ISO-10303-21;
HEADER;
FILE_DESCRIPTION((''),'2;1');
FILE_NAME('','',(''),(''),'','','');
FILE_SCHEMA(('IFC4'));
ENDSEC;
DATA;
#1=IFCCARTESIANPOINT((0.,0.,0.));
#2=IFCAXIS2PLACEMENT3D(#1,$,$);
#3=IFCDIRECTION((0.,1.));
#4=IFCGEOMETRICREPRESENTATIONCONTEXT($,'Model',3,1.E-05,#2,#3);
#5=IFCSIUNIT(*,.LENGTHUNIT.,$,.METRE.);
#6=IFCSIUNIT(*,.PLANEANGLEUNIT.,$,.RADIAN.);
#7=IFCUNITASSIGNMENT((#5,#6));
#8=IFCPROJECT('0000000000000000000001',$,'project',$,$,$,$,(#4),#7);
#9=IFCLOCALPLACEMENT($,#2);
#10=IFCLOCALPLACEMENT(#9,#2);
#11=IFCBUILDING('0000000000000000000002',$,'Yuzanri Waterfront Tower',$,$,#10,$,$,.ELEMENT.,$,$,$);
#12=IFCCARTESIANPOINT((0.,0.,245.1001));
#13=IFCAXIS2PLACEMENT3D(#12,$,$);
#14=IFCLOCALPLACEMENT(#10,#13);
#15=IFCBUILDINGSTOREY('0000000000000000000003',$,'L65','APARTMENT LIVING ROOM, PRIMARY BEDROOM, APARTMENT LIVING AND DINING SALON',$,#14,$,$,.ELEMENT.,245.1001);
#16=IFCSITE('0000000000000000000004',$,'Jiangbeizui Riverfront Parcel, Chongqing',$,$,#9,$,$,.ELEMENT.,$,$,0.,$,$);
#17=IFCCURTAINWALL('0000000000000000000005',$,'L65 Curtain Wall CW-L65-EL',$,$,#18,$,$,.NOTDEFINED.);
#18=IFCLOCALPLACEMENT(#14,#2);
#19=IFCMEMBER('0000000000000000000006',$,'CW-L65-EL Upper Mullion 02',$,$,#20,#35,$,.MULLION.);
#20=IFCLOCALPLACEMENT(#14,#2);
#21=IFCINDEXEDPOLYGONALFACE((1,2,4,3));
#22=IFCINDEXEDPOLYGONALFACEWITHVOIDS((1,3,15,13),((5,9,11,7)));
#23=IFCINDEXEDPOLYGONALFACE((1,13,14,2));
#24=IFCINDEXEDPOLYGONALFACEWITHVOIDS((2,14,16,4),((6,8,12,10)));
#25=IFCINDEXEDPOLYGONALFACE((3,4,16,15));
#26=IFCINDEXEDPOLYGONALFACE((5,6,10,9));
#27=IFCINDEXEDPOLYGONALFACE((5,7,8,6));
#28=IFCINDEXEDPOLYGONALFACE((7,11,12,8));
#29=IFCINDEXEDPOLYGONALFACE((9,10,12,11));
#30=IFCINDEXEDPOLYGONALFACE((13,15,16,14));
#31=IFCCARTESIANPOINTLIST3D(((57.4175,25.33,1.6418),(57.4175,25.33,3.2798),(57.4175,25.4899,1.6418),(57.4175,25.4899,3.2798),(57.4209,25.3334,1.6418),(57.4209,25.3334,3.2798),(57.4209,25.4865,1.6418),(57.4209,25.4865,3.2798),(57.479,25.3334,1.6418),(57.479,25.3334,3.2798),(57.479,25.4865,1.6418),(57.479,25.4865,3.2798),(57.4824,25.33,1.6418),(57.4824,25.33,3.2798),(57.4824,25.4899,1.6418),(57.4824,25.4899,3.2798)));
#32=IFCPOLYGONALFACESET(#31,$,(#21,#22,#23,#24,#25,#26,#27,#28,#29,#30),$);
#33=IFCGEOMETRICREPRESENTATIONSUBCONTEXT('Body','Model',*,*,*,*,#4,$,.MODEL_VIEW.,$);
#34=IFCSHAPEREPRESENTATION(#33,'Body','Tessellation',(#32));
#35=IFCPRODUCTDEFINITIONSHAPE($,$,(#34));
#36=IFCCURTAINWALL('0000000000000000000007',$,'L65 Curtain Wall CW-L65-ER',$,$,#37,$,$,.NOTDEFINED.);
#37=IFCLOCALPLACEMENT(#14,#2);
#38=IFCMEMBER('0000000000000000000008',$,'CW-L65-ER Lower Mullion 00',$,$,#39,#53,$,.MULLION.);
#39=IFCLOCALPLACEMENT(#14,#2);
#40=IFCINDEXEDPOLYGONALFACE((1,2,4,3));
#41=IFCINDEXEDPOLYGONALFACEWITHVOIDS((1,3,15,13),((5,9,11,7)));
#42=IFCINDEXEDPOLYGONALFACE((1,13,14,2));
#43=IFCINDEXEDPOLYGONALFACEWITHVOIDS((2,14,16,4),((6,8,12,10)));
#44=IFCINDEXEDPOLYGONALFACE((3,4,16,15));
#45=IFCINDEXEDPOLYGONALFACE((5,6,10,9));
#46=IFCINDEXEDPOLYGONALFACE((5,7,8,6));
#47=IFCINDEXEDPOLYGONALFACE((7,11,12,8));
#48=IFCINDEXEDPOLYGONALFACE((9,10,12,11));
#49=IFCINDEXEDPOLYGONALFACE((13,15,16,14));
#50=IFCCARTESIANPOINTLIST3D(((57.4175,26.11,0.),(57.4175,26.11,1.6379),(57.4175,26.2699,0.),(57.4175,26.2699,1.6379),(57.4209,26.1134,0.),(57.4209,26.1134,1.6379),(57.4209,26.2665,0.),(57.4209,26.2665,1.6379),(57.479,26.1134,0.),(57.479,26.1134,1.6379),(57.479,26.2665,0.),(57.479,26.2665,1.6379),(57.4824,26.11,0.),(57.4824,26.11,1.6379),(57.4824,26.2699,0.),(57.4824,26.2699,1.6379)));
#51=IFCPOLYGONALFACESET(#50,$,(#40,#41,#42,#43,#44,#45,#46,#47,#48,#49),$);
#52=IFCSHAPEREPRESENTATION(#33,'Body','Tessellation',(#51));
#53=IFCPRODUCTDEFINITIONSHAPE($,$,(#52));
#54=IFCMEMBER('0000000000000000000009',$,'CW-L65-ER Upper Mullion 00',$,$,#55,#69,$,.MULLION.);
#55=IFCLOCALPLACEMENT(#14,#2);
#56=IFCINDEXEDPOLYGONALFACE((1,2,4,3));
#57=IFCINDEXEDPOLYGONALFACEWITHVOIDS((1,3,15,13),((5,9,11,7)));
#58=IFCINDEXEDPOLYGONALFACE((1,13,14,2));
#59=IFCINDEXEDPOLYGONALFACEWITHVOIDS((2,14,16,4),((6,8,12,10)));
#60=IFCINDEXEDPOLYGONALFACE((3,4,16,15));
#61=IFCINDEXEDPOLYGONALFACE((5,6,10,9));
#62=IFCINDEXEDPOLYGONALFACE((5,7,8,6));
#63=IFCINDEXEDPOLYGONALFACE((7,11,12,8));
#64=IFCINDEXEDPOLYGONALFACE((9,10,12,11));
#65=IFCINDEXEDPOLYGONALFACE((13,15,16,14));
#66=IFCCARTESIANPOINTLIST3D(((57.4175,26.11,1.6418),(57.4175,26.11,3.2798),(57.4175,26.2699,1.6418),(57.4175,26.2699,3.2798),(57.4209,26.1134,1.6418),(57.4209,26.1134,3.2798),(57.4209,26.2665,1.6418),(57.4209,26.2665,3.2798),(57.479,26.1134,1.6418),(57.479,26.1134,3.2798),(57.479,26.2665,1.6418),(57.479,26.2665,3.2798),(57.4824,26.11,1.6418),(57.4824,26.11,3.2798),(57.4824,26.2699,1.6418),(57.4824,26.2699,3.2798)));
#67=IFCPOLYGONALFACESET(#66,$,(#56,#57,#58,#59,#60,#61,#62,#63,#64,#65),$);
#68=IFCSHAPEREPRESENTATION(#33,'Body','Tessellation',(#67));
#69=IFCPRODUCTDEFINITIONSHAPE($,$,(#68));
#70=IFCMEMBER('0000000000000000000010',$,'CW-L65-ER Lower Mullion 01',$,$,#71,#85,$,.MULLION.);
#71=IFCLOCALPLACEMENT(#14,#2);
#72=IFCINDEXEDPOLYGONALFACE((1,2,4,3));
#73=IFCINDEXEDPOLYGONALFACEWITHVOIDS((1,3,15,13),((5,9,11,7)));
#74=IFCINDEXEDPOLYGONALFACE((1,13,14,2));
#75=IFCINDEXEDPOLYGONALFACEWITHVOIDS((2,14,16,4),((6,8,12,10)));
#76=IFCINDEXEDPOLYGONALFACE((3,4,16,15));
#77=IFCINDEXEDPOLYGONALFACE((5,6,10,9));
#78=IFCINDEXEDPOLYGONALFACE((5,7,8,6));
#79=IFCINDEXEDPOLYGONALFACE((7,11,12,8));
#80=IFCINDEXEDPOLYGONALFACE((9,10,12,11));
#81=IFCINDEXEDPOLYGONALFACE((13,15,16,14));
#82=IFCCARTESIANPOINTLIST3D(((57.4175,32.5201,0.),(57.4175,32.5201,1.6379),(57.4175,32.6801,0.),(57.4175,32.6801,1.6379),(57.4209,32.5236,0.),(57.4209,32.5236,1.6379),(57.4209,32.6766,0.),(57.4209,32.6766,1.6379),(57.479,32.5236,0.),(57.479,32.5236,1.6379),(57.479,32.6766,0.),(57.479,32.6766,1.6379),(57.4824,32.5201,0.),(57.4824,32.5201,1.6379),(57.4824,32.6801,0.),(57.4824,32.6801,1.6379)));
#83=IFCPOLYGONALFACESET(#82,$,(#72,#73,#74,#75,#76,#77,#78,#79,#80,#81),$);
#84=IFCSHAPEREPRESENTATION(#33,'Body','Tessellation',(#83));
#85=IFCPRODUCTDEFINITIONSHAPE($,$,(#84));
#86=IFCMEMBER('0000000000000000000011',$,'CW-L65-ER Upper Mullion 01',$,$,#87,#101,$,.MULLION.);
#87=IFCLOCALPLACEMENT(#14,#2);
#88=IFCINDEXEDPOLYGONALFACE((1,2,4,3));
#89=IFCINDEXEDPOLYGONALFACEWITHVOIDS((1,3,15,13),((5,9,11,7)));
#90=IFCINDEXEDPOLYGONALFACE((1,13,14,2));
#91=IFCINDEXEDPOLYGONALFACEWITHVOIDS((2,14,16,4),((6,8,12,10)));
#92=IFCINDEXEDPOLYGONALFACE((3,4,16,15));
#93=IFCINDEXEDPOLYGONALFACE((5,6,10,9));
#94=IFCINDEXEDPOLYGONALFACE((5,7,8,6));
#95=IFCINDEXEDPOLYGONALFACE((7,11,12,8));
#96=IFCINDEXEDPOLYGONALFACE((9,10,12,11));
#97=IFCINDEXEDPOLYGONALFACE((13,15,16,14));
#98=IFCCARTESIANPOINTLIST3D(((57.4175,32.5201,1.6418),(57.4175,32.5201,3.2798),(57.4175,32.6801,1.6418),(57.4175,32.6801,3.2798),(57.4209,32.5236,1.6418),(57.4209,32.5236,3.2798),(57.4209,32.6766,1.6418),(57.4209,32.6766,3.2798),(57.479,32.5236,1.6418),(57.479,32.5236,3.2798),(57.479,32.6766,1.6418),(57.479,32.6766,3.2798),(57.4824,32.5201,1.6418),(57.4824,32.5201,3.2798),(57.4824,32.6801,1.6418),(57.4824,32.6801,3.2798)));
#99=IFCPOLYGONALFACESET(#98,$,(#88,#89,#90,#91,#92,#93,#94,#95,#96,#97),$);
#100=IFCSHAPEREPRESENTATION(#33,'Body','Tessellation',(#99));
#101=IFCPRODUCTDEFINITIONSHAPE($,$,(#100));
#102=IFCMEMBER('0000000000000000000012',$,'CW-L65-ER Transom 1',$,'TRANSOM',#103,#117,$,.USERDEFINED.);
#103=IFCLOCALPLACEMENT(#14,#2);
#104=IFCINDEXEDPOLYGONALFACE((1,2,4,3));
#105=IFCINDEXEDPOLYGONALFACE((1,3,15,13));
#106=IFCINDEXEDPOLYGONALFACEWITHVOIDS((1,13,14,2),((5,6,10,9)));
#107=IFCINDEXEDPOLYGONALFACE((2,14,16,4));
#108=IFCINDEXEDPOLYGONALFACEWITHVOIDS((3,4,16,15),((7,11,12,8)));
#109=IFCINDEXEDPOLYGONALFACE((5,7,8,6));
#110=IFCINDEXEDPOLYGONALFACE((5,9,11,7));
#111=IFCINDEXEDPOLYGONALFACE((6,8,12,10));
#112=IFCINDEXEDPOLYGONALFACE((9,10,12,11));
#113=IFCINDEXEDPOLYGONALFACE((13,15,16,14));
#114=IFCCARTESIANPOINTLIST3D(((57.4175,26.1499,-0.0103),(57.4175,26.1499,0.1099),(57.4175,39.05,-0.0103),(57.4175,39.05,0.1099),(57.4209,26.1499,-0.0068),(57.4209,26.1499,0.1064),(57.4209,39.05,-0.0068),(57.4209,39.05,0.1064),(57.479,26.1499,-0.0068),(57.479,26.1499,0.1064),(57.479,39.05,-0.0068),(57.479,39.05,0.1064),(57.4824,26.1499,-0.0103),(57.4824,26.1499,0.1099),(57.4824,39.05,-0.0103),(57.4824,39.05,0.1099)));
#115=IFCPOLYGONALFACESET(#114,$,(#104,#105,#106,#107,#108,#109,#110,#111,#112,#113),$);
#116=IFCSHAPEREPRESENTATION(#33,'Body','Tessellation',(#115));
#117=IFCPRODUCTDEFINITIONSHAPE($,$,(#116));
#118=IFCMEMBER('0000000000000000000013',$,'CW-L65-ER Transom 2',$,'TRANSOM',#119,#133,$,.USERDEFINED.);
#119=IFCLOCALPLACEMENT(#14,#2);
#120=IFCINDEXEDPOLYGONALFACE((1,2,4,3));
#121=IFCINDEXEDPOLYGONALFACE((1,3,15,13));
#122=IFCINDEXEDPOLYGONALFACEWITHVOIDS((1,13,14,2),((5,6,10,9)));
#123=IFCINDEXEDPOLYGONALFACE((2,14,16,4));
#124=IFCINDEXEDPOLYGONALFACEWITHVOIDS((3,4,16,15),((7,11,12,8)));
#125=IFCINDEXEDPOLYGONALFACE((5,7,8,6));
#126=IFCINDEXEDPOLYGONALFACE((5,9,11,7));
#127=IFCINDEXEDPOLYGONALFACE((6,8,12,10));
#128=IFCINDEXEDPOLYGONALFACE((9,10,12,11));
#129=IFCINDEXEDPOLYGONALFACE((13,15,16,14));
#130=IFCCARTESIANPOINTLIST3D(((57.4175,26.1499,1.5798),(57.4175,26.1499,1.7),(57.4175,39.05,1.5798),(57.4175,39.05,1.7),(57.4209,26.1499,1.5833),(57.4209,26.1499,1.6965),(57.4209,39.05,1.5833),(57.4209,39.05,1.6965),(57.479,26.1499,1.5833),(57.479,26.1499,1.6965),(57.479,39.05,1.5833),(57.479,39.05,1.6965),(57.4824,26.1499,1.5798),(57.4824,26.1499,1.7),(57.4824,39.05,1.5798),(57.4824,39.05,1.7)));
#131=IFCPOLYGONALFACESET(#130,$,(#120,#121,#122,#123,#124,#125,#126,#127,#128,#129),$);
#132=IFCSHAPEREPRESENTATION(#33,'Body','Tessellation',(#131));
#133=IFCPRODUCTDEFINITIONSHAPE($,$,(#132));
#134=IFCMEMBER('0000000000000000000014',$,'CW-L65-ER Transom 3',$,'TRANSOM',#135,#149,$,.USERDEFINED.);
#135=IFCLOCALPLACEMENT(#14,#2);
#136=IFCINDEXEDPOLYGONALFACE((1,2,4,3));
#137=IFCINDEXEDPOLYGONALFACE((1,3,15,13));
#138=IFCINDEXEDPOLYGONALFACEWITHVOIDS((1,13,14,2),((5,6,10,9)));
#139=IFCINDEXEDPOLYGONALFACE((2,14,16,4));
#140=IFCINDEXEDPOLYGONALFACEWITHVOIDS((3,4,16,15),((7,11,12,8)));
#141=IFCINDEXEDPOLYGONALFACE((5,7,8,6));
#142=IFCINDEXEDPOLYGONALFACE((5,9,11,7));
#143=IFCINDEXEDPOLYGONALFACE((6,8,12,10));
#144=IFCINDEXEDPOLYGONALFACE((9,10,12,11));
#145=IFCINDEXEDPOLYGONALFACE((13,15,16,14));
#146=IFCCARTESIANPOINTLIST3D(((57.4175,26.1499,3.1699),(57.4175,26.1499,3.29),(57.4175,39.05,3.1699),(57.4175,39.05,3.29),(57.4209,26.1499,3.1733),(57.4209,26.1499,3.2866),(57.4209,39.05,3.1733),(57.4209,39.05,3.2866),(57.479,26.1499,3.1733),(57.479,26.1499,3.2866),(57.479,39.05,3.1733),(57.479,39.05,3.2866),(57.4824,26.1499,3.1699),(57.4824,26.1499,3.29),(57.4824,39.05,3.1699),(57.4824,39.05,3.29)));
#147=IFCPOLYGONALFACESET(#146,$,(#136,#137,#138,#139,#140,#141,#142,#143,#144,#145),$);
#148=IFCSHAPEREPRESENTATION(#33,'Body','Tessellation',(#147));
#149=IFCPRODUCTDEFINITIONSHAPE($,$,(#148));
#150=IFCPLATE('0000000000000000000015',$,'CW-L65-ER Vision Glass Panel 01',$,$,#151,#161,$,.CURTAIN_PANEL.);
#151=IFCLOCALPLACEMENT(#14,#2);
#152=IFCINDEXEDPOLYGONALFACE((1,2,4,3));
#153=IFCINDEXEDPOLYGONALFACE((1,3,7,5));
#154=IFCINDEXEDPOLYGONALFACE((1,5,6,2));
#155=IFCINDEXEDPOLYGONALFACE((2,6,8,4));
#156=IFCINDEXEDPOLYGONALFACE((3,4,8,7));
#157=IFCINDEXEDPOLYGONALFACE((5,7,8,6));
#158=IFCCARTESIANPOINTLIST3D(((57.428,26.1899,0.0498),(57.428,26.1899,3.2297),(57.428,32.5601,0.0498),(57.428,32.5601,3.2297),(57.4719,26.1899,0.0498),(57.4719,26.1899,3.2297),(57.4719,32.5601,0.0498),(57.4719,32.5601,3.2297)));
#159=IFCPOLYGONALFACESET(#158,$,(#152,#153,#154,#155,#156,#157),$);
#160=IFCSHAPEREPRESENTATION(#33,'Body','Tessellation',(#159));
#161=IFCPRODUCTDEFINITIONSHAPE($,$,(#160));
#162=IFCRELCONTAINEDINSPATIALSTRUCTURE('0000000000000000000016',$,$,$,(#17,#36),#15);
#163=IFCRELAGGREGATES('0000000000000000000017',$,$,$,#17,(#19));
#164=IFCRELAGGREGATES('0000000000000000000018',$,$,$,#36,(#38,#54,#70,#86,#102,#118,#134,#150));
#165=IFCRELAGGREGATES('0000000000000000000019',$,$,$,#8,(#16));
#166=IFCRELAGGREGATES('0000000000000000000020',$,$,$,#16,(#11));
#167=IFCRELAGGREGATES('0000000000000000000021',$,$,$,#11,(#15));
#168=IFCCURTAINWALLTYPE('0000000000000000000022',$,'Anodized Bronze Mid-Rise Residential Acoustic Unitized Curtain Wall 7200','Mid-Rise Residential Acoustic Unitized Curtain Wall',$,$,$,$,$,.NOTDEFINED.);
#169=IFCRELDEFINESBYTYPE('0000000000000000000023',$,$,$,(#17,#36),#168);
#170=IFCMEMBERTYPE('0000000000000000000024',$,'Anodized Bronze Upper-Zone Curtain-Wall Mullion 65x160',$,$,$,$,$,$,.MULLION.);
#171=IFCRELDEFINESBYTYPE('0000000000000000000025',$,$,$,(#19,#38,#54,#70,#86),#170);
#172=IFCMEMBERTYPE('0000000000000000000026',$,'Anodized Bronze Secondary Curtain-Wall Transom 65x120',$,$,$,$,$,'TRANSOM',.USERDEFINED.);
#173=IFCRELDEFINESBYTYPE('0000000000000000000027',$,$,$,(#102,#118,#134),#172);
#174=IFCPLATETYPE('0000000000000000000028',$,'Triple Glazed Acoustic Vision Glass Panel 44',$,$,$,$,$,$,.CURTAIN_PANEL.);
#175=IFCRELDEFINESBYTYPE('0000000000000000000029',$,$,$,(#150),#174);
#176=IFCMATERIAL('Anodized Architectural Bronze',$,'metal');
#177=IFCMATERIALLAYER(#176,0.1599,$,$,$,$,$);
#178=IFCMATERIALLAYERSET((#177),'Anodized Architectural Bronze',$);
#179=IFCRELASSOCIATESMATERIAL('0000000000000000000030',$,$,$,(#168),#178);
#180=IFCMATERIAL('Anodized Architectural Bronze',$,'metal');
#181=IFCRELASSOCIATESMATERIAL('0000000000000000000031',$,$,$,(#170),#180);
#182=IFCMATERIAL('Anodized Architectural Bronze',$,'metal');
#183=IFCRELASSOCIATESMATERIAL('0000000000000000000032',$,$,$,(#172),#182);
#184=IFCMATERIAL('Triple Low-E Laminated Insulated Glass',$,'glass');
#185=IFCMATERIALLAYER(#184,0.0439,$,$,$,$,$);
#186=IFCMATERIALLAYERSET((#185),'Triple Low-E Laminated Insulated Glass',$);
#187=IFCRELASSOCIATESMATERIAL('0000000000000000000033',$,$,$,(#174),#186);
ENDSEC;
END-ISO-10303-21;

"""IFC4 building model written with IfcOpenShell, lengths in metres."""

from ifc_helpers import new_model, si_unit, direction, frame, origin, origin_2d, place, context, subcontext, project, spatial, rectangle, hollow_rectangle, extrude, source, transform, mapped, material, layer, layer_set, material_profile, profile_set, type_object, element, aggregate, save


model = new_model("IFC4")

# Units and contexts
model_context = context("Model", 3, precision=1e-05, world=origin(), true_north=direction((0.0, 1.0)))
body_context = subcontext(model_context, "Body", "Model", "MODEL_VIEW")
ifc_project = project(units=[si_unit("LENGTHUNIT", "METRE"), si_unit("PLANEANGLEUNIT", "RADIAN")], contexts=[model_context])

# Site, building, storey
site_placement = place(None, origin())
site = spatial("IfcSite", under=ifc_project, at=site_placement, Name="Jiangbeizui Riverfront Parcel, Chongqing", CompositionType="ELEMENT", RefElevation=0.0)
building_placement = place(site_placement, origin())
building = spatial("IfcBuilding", under=site, at=building_placement, Name="Yuzanri Waterfront Tower", CompositionType="ELEMENT")
storey_placement = place(building_placement, frame((0.0, 0.0, 245.1001)))
storey = spatial("IfcBuildingStorey", under=building, at=storey_placement, Name="L65", Description="APARTMENT LIVING ROOM, PRIMARY BEDROOM, APARTMENT LIVING AND DINING SALON", CompositionType="ELEMENT", Elevation=245.1001)

# Curtain wall, member
ifc_material_1 = material(Name="Anodized Architectural Bronze", Category="metal")
ifc_layer_1 = layer(ifc_material_1, 0.1599)
ifc_layer_set_1 = layer_set([ifc_layer_1], Name="Anodized Architectural Bronze")
curtain_wall_type = type_object("IfcCurtainWallType", Name="Anodized Bronze Mid-Rise Residential Acoustic Unitized Curtain Wall 7200", Description="Mid-Rise Residential Acoustic Unitized Curtain Wall", PredefinedType="NOTDEFINED", material=ifc_layer_set_1)
curtain_wall_1_placement = place(storey_placement, origin())
curtain_wall_1 = element("IfcCurtainWall", 1, at=curtain_wall_1_placement, inside=storey, type_object=curtain_wall_type, Name="L65 Curtain Wall CW-L65-EL", PredefinedType="NOTDEFINED")
ifc_material_2 = material(Name="Anodized Architectural Bronze", Category="metal")
ifc_material_profile_1 = material_profile(ifc_material_2, hollow_rectangle(XDim=0.0649, YDim=0.1599, WallThickness=0.0034, at=origin_2d()), Name="CWM 65x160")
ifc_profile_set_1 = profile_set([ifc_material_profile_1], Name="Anodized Architectural Bronze")
member_type_1 = type_object("IfcMemberType", Name="Anodized Bronze Upper-Zone Curtain-Wall Mullion 65x160", PredefinedType="MULLION", material=ifc_profile_set_1)
shared_shape_1 = source(origin(), body_context, "Body", "SweptSolid", [
    extrude(hollow_rectangle(XDim=0.0649, YDim=0.1599, WallThickness=0.0034, at=origin_2d()), origin(), (0.0, 0.0, 1.0), 1.6379),
])
member_1_placement = place(storey_placement, frame((57.45, 25.4099, 1.6418), z_axis=(0.0, 0.0, 1.0), x_axis=(1.0, 0.0, 0.0)))
member_1 = element("IfcMember", 2, at=member_1_placement, type_object=member_type_1, Name="CW-L65-EL Upper Mullion 02", PredefinedType="MULLION", context=body_context, shape_type="MappedRepresentation", body=[
    mapped(shared_shape_1, transform((0.0, 0.0, 0.0), scale=1.0)),
])
aggregate(curtain_wall_1, [member_1])

# Curtain wall, members, plate
curtain_wall_2_placement = place(storey_placement, origin())
curtain_wall_2 = element("IfcCurtainWall", 3, at=curtain_wall_2_placement, inside=storey, type_object=curtain_wall_type, Name="L65 Curtain Wall CW-L65-ER", PredefinedType="NOTDEFINED")
member_2_placement = place(storey_placement, frame((57.45, 26.1899, 0.0), z_axis=(0.0, 0.0, 1.0), x_axis=(1.0, 0.0, 0.0)))
member_2 = element("IfcMember", 4, at=member_2_placement, type_object=member_type_1, Name="CW-L65-ER Lower Mullion 00", PredefinedType="MULLION", context=body_context, shape_type="MappedRepresentation", body=[
    mapped(shared_shape_1, transform((0.0, 0.0, 0.0), scale=1.0)),
])
member_3_placement = place(storey_placement, frame((57.45, 26.1899, 1.6418), z_axis=(0.0, 0.0, 1.0), x_axis=(1.0, 0.0, 0.0)))
member_3 = element("IfcMember", 5, at=member_3_placement, type_object=member_type_1, Name="CW-L65-ER Upper Mullion 00", PredefinedType="MULLION", context=body_context, shape_type="MappedRepresentation", body=[
    mapped(shared_shape_1, transform((0.0, 0.0, 0.0), scale=1.0)),
])
member_4_placement = place(storey_placement, frame((57.45, 32.6001, 0.0), z_axis=(0.0, 0.0, 1.0), x_axis=(1.0, 0.0, 0.0)))
member_4 = element("IfcMember", 6, at=member_4_placement, type_object=member_type_1, Name="CW-L65-ER Lower Mullion 01", PredefinedType="MULLION", context=body_context, shape_type="MappedRepresentation", body=[
    mapped(shared_shape_1, transform((0.0, 0.0, 0.0), scale=1.0)),
])
member_5_placement = place(storey_placement, frame((57.45, 32.6001, 1.6418), z_axis=(0.0, 0.0, 1.0), x_axis=(1.0, 0.0, 0.0)))
member_5 = element("IfcMember", 7, at=member_5_placement, type_object=member_type_1, Name="CW-L65-ER Upper Mullion 01", PredefinedType="MULLION", context=body_context, shape_type="MappedRepresentation", body=[
    mapped(shared_shape_1, transform((0.0, 0.0, 0.0), scale=1.0)),
])
ifc_material_3 = material(Name="Anodized Architectural Bronze", Category="metal")
ifc_material_profile_2 = material_profile(ifc_material_3, hollow_rectangle(XDim=0.0649, YDim=0.1201, WallThickness=0.0034, at=origin_2d()), Name="CWT 65x120")
ifc_profile_set_2 = profile_set([ifc_material_profile_2], Name="Anodized Architectural Bronze")
member_type_2 = type_object("IfcMemberType", Name="Anodized Bronze Secondary Curtain-Wall Transom 65x120", ElementType="TRANSOM", PredefinedType="USERDEFINED", material=ifc_profile_set_2)
shared_shape_2 = source(origin(), body_context, "Body", "SweptSolid", [
    extrude(hollow_rectangle(XDim=0.0649, YDim=0.1201, WallThickness=0.0034, at=origin_2d()), origin(), (0.0, 0.0, 1.0), 12.9001),
])
member_6_placement = place(storey_placement, frame((57.45, 26.1499, 0.0498), z_axis=(0.0, 1.0, 0.0), x_axis=(-1.0, 0.0, 0.0)))
member_6 = element("IfcMember", 8, at=member_6_placement, type_object=member_type_2, Name="CW-L65-ER Transom 1", ObjectType="TRANSOM", PredefinedType="USERDEFINED", context=body_context, shape_type="MappedRepresentation", body=[
    mapped(shared_shape_2, transform((0.0, 0.0, 0.0), scale=1.0)),
])
member_7_placement = place(storey_placement, frame((57.45, 26.1499, 1.6399), z_axis=(0.0, 1.0, 0.0), x_axis=(-1.0, 0.0, 0.0)))
member_7 = element("IfcMember", 9, at=member_7_placement, type_object=member_type_2, Name="CW-L65-ER Transom 2", ObjectType="TRANSOM", PredefinedType="USERDEFINED", context=body_context, shape_type="MappedRepresentation", body=[
    mapped(shared_shape_2, transform((0.0, 0.0, 0.0), scale=1.0)),
])
member_8_placement = place(storey_placement, frame((57.45, 26.1499, 3.23), z_axis=(0.0, 1.0, 0.0), x_axis=(-1.0, 0.0, 0.0)))
member_8 = element("IfcMember", 10, at=member_8_placement, type_object=member_type_2, Name="CW-L65-ER Transom 3", ObjectType="TRANSOM", PredefinedType="USERDEFINED", context=body_context, shape_type="MappedRepresentation", body=[
    mapped(shared_shape_2, transform((0.0, 0.0, 0.0), scale=1.0)),
])
ifc_material_4 = material(Name="Triple Low-E Laminated Insulated Glass", Category="glass")
ifc_layer_2 = layer(ifc_material_4, 0.0439)
ifc_layer_set_2 = layer_set([ifc_layer_2], Name="Triple Low-E Laminated Insulated Glass")
plate_type = type_object("IfcPlateType", Name="Triple Glazed Acoustic Vision Glass Panel 44", PredefinedType="CURTAIN_PANEL", material=ifc_layer_set_2)
shared_shape_3 = source(origin(), body_context, "Body", "SweptSolid", [
    extrude(rectangle(XDim=6.3701, YDim=0.0439, at=origin_2d()), origin(), (0.0, 0.0, 1.0), 3.1799),
])
plate_placement = place(storey_placement, frame((57.45, 29.375, 0.0498), z_axis=(0.0, 0.0, 1.0), x_axis=(0.0, 1.0, 0.0)))
plate = element("IfcPlate", 11, at=plate_placement, type_object=plate_type, Name="CW-L65-ER Vision Glass Panel 01", PredefinedType="CURTAIN_PANEL", context=body_context, shape_type="MappedRepresentation", body=[
    mapped(shared_shape_3, transform((0.0, 0.0, 0.0), scale=1.0)),
])
aggregate(curtain_wall_2, [member_2, member_3, member_4, member_5, member_6, member_7, member_8, plate])

save(model, "model.ifc")
